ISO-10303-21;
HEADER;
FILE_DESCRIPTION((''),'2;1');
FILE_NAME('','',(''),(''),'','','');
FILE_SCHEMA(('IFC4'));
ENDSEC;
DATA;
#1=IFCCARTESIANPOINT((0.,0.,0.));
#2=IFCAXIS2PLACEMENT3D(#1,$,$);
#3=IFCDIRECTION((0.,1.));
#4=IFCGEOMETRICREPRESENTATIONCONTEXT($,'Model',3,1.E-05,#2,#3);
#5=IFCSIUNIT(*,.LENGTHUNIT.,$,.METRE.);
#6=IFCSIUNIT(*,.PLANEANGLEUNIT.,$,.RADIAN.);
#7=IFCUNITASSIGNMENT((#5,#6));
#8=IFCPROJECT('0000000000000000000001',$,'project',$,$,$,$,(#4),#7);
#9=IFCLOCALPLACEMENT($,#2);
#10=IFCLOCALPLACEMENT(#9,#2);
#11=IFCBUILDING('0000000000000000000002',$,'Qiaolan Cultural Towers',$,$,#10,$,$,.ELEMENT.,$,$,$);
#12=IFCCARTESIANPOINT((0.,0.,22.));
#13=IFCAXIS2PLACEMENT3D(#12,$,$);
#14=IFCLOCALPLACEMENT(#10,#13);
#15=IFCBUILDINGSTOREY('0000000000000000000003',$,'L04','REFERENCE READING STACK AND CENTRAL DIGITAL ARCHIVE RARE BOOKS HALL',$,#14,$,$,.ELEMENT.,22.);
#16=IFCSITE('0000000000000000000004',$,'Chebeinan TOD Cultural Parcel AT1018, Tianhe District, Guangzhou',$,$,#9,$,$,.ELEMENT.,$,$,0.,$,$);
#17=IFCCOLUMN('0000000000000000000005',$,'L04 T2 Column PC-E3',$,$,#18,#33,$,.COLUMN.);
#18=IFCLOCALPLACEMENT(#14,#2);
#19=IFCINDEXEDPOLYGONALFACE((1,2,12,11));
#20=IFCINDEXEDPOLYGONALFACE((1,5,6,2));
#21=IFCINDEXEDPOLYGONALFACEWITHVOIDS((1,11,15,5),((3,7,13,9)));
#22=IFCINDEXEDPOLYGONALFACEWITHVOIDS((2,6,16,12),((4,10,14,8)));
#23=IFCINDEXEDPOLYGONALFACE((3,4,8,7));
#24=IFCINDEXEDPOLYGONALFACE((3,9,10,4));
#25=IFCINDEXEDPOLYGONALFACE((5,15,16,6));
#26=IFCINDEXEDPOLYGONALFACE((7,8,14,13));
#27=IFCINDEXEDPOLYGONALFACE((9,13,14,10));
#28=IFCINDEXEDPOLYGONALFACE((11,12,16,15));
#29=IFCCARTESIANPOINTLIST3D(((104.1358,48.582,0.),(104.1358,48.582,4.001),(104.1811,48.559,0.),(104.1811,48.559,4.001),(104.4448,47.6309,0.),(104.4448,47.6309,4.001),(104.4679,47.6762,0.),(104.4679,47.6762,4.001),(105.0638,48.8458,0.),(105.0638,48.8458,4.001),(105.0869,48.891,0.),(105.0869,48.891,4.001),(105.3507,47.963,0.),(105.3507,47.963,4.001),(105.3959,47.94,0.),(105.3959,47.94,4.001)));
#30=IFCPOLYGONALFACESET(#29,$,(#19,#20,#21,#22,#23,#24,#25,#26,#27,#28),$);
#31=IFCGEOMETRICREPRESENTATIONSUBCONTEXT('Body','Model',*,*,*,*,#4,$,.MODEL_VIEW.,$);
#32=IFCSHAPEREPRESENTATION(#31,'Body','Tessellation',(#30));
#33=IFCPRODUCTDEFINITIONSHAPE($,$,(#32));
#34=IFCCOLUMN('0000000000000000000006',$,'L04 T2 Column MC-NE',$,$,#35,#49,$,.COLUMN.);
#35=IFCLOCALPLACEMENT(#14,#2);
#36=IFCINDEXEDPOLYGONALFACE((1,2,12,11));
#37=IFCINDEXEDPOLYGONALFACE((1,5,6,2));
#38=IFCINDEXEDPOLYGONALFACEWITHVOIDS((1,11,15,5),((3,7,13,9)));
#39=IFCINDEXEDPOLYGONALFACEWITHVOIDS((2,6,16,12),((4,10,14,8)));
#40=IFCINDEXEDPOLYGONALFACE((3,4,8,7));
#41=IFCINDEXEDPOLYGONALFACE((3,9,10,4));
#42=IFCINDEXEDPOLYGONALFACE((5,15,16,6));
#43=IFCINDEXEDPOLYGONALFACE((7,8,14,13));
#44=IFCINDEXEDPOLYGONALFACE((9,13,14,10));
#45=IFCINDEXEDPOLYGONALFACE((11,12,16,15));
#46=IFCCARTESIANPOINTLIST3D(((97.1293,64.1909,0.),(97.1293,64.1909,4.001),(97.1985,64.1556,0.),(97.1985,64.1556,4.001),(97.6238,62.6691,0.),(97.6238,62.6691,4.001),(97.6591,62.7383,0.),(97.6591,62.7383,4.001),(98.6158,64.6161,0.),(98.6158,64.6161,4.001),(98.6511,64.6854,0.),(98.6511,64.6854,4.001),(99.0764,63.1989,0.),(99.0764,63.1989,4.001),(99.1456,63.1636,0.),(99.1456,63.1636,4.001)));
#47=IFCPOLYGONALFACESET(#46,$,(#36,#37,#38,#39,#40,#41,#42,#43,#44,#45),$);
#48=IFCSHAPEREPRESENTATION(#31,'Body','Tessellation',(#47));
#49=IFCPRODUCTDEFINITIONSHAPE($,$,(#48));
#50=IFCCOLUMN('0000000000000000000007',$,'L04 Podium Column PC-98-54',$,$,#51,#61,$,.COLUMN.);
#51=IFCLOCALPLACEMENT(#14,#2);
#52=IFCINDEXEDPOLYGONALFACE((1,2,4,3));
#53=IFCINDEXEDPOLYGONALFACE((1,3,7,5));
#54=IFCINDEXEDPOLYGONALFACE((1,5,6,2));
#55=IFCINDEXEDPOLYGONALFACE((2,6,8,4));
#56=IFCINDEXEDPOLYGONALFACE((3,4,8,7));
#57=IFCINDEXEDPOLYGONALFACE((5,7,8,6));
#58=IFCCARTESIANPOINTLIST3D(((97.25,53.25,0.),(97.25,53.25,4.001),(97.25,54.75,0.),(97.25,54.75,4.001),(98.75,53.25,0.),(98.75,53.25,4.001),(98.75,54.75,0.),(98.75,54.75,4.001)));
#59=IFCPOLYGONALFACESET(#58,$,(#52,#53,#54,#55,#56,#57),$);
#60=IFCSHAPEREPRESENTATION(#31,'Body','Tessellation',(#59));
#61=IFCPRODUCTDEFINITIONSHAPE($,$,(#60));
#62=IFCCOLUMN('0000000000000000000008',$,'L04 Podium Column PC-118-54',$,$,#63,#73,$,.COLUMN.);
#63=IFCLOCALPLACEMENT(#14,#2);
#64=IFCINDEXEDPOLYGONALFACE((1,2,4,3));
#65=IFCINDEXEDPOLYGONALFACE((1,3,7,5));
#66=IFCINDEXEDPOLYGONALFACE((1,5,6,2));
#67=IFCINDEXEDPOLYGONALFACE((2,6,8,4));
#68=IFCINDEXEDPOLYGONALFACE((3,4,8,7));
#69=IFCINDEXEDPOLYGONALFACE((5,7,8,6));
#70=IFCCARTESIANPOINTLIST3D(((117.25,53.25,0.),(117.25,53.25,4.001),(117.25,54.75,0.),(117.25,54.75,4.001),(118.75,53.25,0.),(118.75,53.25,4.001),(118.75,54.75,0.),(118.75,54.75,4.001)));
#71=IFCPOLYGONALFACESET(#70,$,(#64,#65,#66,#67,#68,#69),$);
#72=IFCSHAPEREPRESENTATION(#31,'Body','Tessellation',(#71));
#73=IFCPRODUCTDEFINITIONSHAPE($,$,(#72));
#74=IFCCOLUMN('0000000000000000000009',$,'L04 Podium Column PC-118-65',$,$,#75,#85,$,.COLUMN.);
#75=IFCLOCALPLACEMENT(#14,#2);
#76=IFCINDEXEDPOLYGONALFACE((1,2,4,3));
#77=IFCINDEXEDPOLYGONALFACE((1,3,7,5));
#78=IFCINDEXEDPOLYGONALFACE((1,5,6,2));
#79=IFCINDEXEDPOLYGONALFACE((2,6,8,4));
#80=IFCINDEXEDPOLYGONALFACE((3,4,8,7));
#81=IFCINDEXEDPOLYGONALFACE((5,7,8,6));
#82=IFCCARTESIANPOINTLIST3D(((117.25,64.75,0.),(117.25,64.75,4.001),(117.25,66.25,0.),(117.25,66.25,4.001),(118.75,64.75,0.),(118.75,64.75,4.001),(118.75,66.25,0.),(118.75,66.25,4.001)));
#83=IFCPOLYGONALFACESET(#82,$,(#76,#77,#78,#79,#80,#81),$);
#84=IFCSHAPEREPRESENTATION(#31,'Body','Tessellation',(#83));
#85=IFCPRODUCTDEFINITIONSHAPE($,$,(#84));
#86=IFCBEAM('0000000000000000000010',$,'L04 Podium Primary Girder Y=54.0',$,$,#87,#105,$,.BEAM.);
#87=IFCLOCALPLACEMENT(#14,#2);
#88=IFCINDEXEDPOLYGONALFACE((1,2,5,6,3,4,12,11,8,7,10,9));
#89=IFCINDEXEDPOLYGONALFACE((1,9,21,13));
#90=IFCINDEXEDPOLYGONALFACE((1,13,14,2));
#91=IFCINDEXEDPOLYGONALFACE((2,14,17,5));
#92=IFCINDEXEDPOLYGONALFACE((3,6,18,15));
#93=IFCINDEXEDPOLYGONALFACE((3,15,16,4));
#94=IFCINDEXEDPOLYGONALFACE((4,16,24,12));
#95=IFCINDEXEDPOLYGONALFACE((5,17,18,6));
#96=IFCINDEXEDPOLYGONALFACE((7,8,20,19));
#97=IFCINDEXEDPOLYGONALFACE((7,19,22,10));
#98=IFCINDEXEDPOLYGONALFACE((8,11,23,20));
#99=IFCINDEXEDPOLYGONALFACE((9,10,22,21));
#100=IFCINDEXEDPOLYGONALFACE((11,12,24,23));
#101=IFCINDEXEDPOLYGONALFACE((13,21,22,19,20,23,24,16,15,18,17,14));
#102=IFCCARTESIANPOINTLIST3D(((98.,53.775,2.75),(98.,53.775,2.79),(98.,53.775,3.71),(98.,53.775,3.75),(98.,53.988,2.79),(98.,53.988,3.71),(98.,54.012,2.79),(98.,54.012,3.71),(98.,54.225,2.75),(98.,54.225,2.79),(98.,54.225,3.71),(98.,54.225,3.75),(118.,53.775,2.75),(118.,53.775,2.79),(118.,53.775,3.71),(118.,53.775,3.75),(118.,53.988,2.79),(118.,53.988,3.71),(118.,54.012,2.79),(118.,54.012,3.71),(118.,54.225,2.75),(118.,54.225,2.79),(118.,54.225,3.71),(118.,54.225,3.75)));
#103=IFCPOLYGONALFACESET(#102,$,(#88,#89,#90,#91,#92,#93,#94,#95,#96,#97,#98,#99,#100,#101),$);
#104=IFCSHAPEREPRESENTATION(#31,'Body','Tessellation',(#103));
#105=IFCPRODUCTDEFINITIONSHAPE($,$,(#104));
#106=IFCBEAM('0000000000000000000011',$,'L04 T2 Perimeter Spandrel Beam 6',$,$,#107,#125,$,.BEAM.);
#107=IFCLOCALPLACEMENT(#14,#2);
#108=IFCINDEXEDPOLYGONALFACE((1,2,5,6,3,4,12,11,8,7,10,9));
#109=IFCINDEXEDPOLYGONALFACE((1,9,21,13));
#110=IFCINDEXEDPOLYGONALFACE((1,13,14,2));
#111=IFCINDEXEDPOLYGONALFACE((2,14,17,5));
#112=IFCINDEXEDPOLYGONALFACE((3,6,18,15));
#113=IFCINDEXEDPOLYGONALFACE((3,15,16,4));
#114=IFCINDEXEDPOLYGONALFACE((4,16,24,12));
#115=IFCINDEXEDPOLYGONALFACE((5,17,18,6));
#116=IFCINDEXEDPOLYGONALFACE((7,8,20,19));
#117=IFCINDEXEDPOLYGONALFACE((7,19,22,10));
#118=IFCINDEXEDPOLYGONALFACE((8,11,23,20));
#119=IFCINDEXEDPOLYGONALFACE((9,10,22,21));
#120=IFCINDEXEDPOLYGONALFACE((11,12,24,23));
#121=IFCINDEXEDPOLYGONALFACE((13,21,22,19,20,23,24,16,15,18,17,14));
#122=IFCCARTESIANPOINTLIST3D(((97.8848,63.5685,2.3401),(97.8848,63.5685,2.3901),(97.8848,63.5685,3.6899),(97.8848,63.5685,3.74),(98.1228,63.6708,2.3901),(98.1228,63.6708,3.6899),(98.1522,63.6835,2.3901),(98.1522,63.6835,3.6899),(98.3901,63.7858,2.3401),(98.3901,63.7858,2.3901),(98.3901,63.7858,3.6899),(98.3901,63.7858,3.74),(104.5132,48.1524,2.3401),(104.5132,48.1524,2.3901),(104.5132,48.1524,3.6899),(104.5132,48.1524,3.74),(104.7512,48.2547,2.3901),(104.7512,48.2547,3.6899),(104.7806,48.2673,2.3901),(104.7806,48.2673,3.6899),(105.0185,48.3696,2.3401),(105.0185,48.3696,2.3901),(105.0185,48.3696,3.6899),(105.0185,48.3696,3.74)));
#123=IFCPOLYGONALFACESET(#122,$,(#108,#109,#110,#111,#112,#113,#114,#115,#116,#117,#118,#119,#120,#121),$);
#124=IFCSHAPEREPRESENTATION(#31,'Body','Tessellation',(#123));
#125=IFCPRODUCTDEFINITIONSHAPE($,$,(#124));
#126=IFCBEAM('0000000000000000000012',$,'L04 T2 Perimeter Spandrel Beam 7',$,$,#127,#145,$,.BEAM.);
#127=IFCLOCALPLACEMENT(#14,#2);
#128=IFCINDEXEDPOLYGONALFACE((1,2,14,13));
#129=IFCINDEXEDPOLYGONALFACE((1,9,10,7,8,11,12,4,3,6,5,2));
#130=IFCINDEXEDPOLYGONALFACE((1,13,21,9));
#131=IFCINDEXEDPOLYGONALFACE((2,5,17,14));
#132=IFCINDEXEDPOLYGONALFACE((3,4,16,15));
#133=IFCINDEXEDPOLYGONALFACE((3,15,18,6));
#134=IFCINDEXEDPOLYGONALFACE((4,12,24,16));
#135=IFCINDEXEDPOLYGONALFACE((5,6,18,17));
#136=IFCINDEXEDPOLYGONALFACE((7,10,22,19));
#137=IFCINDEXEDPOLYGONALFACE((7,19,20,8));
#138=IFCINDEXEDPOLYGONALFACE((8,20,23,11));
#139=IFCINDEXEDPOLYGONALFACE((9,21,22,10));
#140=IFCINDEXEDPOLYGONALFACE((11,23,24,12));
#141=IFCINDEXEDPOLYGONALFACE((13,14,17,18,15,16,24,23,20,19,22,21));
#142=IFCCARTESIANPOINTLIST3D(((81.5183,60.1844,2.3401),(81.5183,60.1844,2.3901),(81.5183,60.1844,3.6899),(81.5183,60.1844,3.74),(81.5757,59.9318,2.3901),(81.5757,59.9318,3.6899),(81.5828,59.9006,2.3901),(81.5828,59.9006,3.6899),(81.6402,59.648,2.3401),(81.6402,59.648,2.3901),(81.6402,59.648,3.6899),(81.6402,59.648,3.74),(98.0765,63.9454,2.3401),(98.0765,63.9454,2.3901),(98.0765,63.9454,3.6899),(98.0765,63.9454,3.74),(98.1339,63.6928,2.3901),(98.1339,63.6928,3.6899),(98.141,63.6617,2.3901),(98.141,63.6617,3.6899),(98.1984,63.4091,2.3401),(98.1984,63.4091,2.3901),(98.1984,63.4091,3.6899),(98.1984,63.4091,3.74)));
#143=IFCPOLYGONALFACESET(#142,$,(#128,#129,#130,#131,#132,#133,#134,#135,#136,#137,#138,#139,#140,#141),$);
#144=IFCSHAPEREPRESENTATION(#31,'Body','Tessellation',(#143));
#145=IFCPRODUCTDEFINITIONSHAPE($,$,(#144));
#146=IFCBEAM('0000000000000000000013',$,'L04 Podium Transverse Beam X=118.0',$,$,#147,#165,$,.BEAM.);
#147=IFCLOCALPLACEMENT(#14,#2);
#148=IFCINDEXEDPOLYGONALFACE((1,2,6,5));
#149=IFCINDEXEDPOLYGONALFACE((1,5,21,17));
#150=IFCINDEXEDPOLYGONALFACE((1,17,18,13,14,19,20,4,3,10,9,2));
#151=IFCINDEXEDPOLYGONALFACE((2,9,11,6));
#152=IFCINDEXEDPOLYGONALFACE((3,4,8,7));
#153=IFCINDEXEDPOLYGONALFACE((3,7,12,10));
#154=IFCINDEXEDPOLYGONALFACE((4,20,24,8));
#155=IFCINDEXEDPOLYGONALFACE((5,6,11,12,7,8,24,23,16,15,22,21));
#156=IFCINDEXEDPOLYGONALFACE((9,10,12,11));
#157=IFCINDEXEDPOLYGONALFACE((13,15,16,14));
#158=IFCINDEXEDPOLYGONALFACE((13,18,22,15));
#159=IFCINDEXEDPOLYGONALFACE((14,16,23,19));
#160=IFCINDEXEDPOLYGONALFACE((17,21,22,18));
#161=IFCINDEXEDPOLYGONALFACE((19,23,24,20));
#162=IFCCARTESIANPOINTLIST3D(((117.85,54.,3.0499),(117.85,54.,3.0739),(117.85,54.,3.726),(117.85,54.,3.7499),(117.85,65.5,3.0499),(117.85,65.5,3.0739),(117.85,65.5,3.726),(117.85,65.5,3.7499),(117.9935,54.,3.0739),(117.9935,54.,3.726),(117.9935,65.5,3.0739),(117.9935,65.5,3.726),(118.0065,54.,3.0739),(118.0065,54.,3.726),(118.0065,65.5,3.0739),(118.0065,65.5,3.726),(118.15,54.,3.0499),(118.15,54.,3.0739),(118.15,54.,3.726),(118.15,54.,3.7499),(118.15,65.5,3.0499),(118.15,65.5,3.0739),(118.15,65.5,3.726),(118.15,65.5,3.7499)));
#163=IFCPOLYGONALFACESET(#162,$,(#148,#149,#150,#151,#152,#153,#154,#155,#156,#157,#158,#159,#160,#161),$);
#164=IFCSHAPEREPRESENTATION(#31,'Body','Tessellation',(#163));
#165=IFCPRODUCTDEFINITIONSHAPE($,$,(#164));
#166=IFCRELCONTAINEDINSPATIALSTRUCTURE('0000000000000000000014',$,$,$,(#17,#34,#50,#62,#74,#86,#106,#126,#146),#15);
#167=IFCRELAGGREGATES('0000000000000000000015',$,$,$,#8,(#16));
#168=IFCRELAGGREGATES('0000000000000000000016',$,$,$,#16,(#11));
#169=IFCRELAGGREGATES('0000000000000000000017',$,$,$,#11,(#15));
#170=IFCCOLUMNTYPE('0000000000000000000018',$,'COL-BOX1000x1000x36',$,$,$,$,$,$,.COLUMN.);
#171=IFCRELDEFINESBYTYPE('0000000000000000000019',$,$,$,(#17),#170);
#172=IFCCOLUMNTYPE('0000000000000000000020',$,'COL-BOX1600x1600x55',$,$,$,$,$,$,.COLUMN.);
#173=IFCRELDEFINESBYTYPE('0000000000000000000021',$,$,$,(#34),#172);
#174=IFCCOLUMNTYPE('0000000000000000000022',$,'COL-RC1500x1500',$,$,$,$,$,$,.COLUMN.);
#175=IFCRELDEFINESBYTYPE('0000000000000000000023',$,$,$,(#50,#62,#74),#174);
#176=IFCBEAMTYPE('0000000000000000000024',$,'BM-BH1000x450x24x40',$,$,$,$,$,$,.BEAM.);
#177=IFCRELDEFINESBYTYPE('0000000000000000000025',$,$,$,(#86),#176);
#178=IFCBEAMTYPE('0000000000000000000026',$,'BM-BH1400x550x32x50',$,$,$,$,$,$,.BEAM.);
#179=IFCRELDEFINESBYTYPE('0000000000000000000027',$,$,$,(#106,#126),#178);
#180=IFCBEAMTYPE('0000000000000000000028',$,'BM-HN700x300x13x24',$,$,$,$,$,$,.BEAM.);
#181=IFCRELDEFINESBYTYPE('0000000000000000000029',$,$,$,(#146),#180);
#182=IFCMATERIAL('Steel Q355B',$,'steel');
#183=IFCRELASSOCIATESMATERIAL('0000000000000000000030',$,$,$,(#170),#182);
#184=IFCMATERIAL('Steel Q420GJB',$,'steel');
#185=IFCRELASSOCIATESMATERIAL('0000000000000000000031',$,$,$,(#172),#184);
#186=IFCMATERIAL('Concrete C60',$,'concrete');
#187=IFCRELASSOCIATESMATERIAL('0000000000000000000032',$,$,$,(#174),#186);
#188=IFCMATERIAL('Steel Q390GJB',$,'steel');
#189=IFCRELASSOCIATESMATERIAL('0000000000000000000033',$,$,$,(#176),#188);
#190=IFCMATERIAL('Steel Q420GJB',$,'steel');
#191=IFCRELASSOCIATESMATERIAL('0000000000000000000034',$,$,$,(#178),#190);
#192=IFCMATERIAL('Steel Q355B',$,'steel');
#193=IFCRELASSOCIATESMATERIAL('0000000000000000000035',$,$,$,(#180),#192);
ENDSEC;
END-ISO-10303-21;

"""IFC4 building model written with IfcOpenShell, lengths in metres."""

from ifc_helpers import new_model, si_unit, direction, frame, origin, origin_2d, place, context, subcontext, project, spatial, rectangle, hollow_rectangle, i_section, extrude, material, material_profile, profile_set, type_object, element, save


model = new_model("IFC4")

# Units and contexts
model_context = context("Model", 3, precision=1e-05, world=origin(), true_north=direction((0.0, 1.0)))
body_context = subcontext(model_context, "Body", "Model", "MODEL_VIEW")
ifc_project = project(units=[si_unit("LENGTHUNIT", "METRE"), si_unit("PLANEANGLEUNIT", "RADIAN")], contexts=[model_context])

# Site, building, storey
site_placement = place(None, origin())
site = spatial("IfcSite", under=ifc_project, at=site_placement, Name="Chebeinan TOD Cultural Parcel AT1018, Tianhe District, Guangzhou", CompositionType="ELEMENT", RefElevation=0.0)
building_placement = place(site_placement, origin())
building = spatial("IfcBuilding", under=site, at=building_placement, Name="Qiaolan Cultural Towers", CompositionType="ELEMENT")
storey_placement = place(building_placement, frame((0.0, 0.0, 22.0)))
storey = spatial("IfcBuildingStorey", under=building, at=storey_placement, Name="L04", Description="REFERENCE READING STACK AND CENTRAL DIGITAL ARCHIVE RARE BOOKS HALL", CompositionType="ELEMENT", Elevation=22.0)

# Columns
ifc_material_1 = material(Name="Steel Q355B", Category="steel")
ifc_material_profile_1 = material_profile(ifc_material_1, hollow_rectangle(XDim=1.0, YDim=1.0, WallThickness=0.0359, at=origin_2d()), Name="BOX1000x1000x36")
ifc_profile_set_1 = profile_set([ifc_material_profile_1], Name="Steel Q355B")
column_type_1 = type_object("IfcColumnType", Name="COL-BOX1000x1000x36", PredefinedType="COLUMN", material=ifc_profile_set_1)
column_1_placement = place(storey_placement, frame((104.7659, 48.261, 0.0), z_axis=(0.0, 0.0, 1.0), x_axis=(0.951057, 0.309017, 0.0)))
element("IfcColumn", 1, at=column_1_placement, inside=storey, type_object=column_type_1, Name="L04 T2 Column PC-E3", PredefinedType="COLUMN", context=body_context, shape_type="SweptSolid", body=[
    extrude(hollow_rectangle(XDim=1.0, YDim=1.0, WallThickness=0.0359, at=origin_2d()), origin(), (0.0, 0.0, 1.0), 4.001),
])
ifc_material_2 = material(Name="Steel Q420GJB", Category="steel")
ifc_material_profile_2 = material_profile(ifc_material_2, hollow_rectangle(XDim=1.6001, YDim=1.6001, WallThickness=0.0549, at=origin_2d()), Name="BOX1600x1600x55")
ifc_profile_set_2 = profile_set([ifc_material_profile_2], Name="Steel Q420GJB")
column_type_2 = type_object("IfcColumnType", Name="COL-BOX1600x1600x55", PredefinedType="COLUMN", material=ifc_profile_set_2)
column_2_placement = place(storey_placement, frame((98.1375, 63.6772, 0.0), z_axis=(0.0, 0.0, 1.0), x_axis=(0.951057, 0.309017, 0.0)))
element("IfcColumn", 2, at=column_2_placement, inside=storey, type_object=column_type_2, Name="L04 T2 Column MC-NE", PredefinedType="COLUMN", context=body_context, shape_type="SweptSolid", body=[
    extrude(hollow_rectangle(XDim=1.6001, YDim=1.6001, WallThickness=0.0549, at=origin_2d()), origin(), (0.0, 0.0, 1.0), 4.001),
])
ifc_material_3 = material(Name="Concrete C60", Category="concrete")
ifc_material_profile_3 = material_profile(ifc_material_3, rectangle(XDim=1.5, YDim=1.5, at=origin_2d()), Name="RC1500x1500")
ifc_profile_set_3 = profile_set([ifc_material_profile_3], Name="Concrete C60")
column_type_3 = type_object("IfcColumnType", Name="COL-RC1500x1500", PredefinedType="COLUMN", material=ifc_profile_set_3)
for number, where, z_axis, x_axis, name in (
    (3, (98.0, 54.0, 0.0), (0.0, 0.0, 1.0), (1.0, 0.0, 0.0), "L04 Podium Column PC-98-54"),
    (4, (118.0, 54.0, 0.0), (0.0, 0.0, 1.0), (1.0, 0.0, 0.0), "L04 Podium Column PC-118-54"),
    (5, (118.0, 65.5, 0.0), (0.0, 0.0, 1.0), (1.0, 0.0, 0.0), "L04 Podium Column PC-118-65"),
):
    element("IfcColumn", number, at=place(storey_placement, frame(where, z_axis=z_axis, x_axis=x_axis)), inside=storey, type_object=column_type_3, Name=name, PredefinedType="COLUMN", context=body_context, shape_type="SweptSolid", body=[
        extrude(rectangle(XDim=1.5, YDim=1.5, at=origin_2d()), origin(), (0.0, 0.0, 1.0), 4.001),
    ])

# Beams
ifc_material_4 = material(Name="Steel Q390GJB", Category="steel")
ifc_material_profile_4 = material_profile(ifc_material_4, i_section(OverallWidth=0.45, OverallDepth=1.0, WebThickness=0.0239, FlangeThickness=0.04, at=origin_2d()), Name="BH1000x450x24x40")
ifc_profile_set_4 = profile_set([ifc_material_profile_4], Name="Steel Q390GJB")
beam_type_1 = type_object("IfcBeamType", Name="BM-BH1000x450x24x40", PredefinedType="BEAM", material=ifc_profile_set_4)
beam_1_placement = place(storey_placement, frame((98.0, 54.0, 3.25), z_axis=(1.0, 0.0, 0.0), x_axis=(0.0, 1.0, 0.0)))
element("IfcBeam", 6, at=beam_1_placement, inside=storey, type_object=beam_type_1, Name="L04 Podium Primary Girder Y=54.0", PredefinedType="BEAM", context=body_context, shape_type="SweptSolid", body=[
    extrude(i_section(OverallWidth=0.45, OverallDepth=1.0, WebThickness=0.0239, FlangeThickness=0.04, at=origin_2d()), origin(), (0.0, 0.0, 1.0), 20.0),
])
ifc_material_5 = material(Name="Steel Q420GJB", Category="steel")
ifc_material_profile_5 = material_profile(ifc_material_5, i_section(OverallWidth=0.55, OverallDepth=1.3999, WebThickness=0.032, FlangeThickness=0.05, at=origin_2d()), Name="BH1400x550x32x50")
ifc_profile_set_5 = profile_set([ifc_material_profile_5], Name="Steel Q420GJB")
beam_type_2 = type_object("IfcBeamType", Name="BM-BH1400x550x32x50", PredefinedType="BEAM", material=ifc_profile_set_5)
beam_2_placement = place(storey_placement, frame((104.7659, 48.261, 3.04), z_axis=(-0.394999, 0.918682, 0.0), x_axis=(-0.918682, -0.394999, 0.0)))
element("IfcBeam", 7, at=beam_2_placement, inside=storey, type_object=beam_type_2, Name="L04 T2 Perimeter Spandrel Beam 6", PredefinedType="BEAM", context=body_context, shape_type="SweptSolid", body=[
    extrude(i_section(OverallWidth=0.55, OverallDepth=1.3999, WebThickness=0.032, FlangeThickness=0.05, at=origin_2d()), origin(), (0.0, 0.0, 1.0), 16.7808),
])
beam_3_placement = place(storey_placement, frame((98.1375, 63.6772, 3.04), z_axis=(-0.975161, -0.221497, 0.0), x_axis=(0.221497, -0.975161, 0.0)))
element("IfcBeam", 8, at=beam_3_placement, inside=storey, type_object=beam_type_2, Name="L04 T2 Perimeter Spandrel Beam 7", PredefinedType="BEAM", context=body_context, shape_type="SweptSolid", body=[
    extrude(i_section(OverallWidth=0.55, OverallDepth=1.3999, WebThickness=0.032, FlangeThickness=0.05, at=origin_2d()), origin(), (0.0, 0.0, 1.0), 16.98),
])
ifc_material_6 = material(Name="Steel Q355B", Category="steel")
ifc_material_profile_6 = material_profile(ifc_material_6, i_section(OverallWidth=0.3, OverallDepth=0.7, WebThickness=0.0129, FlangeThickness=0.0239, at=origin_2d()), Name="HN700x300x13x24")
ifc_profile_set_6 = profile_set([ifc_material_profile_6], Name="Steel Q355B")
beam_type_3 = type_object("IfcBeamType", Name="BM-HN700x300x13x24", PredefinedType="BEAM", material=ifc_profile_set_6)
beam_4_placement = place(storey_placement, frame((118.0, 54.0, 3.3999), z_axis=(0.0, 1.0, 0.0), x_axis=(-1.0, 0.0, 0.0)))
element("IfcBeam", 9, at=beam_4_placement, inside=storey, type_object=beam_type_3, Name="L04 Podium Transverse Beam X=118.0", PredefinedType="BEAM", context=body_context, shape_type="SweptSolid", body=[
    extrude(i_section(OverallWidth=0.3, OverallDepth=0.7, WebThickness=0.0129, FlangeThickness=0.0239, at=origin_2d()), origin(), (0.0, 0.0, 1.0), 11.5),
])

save(model, "model.ifc")
